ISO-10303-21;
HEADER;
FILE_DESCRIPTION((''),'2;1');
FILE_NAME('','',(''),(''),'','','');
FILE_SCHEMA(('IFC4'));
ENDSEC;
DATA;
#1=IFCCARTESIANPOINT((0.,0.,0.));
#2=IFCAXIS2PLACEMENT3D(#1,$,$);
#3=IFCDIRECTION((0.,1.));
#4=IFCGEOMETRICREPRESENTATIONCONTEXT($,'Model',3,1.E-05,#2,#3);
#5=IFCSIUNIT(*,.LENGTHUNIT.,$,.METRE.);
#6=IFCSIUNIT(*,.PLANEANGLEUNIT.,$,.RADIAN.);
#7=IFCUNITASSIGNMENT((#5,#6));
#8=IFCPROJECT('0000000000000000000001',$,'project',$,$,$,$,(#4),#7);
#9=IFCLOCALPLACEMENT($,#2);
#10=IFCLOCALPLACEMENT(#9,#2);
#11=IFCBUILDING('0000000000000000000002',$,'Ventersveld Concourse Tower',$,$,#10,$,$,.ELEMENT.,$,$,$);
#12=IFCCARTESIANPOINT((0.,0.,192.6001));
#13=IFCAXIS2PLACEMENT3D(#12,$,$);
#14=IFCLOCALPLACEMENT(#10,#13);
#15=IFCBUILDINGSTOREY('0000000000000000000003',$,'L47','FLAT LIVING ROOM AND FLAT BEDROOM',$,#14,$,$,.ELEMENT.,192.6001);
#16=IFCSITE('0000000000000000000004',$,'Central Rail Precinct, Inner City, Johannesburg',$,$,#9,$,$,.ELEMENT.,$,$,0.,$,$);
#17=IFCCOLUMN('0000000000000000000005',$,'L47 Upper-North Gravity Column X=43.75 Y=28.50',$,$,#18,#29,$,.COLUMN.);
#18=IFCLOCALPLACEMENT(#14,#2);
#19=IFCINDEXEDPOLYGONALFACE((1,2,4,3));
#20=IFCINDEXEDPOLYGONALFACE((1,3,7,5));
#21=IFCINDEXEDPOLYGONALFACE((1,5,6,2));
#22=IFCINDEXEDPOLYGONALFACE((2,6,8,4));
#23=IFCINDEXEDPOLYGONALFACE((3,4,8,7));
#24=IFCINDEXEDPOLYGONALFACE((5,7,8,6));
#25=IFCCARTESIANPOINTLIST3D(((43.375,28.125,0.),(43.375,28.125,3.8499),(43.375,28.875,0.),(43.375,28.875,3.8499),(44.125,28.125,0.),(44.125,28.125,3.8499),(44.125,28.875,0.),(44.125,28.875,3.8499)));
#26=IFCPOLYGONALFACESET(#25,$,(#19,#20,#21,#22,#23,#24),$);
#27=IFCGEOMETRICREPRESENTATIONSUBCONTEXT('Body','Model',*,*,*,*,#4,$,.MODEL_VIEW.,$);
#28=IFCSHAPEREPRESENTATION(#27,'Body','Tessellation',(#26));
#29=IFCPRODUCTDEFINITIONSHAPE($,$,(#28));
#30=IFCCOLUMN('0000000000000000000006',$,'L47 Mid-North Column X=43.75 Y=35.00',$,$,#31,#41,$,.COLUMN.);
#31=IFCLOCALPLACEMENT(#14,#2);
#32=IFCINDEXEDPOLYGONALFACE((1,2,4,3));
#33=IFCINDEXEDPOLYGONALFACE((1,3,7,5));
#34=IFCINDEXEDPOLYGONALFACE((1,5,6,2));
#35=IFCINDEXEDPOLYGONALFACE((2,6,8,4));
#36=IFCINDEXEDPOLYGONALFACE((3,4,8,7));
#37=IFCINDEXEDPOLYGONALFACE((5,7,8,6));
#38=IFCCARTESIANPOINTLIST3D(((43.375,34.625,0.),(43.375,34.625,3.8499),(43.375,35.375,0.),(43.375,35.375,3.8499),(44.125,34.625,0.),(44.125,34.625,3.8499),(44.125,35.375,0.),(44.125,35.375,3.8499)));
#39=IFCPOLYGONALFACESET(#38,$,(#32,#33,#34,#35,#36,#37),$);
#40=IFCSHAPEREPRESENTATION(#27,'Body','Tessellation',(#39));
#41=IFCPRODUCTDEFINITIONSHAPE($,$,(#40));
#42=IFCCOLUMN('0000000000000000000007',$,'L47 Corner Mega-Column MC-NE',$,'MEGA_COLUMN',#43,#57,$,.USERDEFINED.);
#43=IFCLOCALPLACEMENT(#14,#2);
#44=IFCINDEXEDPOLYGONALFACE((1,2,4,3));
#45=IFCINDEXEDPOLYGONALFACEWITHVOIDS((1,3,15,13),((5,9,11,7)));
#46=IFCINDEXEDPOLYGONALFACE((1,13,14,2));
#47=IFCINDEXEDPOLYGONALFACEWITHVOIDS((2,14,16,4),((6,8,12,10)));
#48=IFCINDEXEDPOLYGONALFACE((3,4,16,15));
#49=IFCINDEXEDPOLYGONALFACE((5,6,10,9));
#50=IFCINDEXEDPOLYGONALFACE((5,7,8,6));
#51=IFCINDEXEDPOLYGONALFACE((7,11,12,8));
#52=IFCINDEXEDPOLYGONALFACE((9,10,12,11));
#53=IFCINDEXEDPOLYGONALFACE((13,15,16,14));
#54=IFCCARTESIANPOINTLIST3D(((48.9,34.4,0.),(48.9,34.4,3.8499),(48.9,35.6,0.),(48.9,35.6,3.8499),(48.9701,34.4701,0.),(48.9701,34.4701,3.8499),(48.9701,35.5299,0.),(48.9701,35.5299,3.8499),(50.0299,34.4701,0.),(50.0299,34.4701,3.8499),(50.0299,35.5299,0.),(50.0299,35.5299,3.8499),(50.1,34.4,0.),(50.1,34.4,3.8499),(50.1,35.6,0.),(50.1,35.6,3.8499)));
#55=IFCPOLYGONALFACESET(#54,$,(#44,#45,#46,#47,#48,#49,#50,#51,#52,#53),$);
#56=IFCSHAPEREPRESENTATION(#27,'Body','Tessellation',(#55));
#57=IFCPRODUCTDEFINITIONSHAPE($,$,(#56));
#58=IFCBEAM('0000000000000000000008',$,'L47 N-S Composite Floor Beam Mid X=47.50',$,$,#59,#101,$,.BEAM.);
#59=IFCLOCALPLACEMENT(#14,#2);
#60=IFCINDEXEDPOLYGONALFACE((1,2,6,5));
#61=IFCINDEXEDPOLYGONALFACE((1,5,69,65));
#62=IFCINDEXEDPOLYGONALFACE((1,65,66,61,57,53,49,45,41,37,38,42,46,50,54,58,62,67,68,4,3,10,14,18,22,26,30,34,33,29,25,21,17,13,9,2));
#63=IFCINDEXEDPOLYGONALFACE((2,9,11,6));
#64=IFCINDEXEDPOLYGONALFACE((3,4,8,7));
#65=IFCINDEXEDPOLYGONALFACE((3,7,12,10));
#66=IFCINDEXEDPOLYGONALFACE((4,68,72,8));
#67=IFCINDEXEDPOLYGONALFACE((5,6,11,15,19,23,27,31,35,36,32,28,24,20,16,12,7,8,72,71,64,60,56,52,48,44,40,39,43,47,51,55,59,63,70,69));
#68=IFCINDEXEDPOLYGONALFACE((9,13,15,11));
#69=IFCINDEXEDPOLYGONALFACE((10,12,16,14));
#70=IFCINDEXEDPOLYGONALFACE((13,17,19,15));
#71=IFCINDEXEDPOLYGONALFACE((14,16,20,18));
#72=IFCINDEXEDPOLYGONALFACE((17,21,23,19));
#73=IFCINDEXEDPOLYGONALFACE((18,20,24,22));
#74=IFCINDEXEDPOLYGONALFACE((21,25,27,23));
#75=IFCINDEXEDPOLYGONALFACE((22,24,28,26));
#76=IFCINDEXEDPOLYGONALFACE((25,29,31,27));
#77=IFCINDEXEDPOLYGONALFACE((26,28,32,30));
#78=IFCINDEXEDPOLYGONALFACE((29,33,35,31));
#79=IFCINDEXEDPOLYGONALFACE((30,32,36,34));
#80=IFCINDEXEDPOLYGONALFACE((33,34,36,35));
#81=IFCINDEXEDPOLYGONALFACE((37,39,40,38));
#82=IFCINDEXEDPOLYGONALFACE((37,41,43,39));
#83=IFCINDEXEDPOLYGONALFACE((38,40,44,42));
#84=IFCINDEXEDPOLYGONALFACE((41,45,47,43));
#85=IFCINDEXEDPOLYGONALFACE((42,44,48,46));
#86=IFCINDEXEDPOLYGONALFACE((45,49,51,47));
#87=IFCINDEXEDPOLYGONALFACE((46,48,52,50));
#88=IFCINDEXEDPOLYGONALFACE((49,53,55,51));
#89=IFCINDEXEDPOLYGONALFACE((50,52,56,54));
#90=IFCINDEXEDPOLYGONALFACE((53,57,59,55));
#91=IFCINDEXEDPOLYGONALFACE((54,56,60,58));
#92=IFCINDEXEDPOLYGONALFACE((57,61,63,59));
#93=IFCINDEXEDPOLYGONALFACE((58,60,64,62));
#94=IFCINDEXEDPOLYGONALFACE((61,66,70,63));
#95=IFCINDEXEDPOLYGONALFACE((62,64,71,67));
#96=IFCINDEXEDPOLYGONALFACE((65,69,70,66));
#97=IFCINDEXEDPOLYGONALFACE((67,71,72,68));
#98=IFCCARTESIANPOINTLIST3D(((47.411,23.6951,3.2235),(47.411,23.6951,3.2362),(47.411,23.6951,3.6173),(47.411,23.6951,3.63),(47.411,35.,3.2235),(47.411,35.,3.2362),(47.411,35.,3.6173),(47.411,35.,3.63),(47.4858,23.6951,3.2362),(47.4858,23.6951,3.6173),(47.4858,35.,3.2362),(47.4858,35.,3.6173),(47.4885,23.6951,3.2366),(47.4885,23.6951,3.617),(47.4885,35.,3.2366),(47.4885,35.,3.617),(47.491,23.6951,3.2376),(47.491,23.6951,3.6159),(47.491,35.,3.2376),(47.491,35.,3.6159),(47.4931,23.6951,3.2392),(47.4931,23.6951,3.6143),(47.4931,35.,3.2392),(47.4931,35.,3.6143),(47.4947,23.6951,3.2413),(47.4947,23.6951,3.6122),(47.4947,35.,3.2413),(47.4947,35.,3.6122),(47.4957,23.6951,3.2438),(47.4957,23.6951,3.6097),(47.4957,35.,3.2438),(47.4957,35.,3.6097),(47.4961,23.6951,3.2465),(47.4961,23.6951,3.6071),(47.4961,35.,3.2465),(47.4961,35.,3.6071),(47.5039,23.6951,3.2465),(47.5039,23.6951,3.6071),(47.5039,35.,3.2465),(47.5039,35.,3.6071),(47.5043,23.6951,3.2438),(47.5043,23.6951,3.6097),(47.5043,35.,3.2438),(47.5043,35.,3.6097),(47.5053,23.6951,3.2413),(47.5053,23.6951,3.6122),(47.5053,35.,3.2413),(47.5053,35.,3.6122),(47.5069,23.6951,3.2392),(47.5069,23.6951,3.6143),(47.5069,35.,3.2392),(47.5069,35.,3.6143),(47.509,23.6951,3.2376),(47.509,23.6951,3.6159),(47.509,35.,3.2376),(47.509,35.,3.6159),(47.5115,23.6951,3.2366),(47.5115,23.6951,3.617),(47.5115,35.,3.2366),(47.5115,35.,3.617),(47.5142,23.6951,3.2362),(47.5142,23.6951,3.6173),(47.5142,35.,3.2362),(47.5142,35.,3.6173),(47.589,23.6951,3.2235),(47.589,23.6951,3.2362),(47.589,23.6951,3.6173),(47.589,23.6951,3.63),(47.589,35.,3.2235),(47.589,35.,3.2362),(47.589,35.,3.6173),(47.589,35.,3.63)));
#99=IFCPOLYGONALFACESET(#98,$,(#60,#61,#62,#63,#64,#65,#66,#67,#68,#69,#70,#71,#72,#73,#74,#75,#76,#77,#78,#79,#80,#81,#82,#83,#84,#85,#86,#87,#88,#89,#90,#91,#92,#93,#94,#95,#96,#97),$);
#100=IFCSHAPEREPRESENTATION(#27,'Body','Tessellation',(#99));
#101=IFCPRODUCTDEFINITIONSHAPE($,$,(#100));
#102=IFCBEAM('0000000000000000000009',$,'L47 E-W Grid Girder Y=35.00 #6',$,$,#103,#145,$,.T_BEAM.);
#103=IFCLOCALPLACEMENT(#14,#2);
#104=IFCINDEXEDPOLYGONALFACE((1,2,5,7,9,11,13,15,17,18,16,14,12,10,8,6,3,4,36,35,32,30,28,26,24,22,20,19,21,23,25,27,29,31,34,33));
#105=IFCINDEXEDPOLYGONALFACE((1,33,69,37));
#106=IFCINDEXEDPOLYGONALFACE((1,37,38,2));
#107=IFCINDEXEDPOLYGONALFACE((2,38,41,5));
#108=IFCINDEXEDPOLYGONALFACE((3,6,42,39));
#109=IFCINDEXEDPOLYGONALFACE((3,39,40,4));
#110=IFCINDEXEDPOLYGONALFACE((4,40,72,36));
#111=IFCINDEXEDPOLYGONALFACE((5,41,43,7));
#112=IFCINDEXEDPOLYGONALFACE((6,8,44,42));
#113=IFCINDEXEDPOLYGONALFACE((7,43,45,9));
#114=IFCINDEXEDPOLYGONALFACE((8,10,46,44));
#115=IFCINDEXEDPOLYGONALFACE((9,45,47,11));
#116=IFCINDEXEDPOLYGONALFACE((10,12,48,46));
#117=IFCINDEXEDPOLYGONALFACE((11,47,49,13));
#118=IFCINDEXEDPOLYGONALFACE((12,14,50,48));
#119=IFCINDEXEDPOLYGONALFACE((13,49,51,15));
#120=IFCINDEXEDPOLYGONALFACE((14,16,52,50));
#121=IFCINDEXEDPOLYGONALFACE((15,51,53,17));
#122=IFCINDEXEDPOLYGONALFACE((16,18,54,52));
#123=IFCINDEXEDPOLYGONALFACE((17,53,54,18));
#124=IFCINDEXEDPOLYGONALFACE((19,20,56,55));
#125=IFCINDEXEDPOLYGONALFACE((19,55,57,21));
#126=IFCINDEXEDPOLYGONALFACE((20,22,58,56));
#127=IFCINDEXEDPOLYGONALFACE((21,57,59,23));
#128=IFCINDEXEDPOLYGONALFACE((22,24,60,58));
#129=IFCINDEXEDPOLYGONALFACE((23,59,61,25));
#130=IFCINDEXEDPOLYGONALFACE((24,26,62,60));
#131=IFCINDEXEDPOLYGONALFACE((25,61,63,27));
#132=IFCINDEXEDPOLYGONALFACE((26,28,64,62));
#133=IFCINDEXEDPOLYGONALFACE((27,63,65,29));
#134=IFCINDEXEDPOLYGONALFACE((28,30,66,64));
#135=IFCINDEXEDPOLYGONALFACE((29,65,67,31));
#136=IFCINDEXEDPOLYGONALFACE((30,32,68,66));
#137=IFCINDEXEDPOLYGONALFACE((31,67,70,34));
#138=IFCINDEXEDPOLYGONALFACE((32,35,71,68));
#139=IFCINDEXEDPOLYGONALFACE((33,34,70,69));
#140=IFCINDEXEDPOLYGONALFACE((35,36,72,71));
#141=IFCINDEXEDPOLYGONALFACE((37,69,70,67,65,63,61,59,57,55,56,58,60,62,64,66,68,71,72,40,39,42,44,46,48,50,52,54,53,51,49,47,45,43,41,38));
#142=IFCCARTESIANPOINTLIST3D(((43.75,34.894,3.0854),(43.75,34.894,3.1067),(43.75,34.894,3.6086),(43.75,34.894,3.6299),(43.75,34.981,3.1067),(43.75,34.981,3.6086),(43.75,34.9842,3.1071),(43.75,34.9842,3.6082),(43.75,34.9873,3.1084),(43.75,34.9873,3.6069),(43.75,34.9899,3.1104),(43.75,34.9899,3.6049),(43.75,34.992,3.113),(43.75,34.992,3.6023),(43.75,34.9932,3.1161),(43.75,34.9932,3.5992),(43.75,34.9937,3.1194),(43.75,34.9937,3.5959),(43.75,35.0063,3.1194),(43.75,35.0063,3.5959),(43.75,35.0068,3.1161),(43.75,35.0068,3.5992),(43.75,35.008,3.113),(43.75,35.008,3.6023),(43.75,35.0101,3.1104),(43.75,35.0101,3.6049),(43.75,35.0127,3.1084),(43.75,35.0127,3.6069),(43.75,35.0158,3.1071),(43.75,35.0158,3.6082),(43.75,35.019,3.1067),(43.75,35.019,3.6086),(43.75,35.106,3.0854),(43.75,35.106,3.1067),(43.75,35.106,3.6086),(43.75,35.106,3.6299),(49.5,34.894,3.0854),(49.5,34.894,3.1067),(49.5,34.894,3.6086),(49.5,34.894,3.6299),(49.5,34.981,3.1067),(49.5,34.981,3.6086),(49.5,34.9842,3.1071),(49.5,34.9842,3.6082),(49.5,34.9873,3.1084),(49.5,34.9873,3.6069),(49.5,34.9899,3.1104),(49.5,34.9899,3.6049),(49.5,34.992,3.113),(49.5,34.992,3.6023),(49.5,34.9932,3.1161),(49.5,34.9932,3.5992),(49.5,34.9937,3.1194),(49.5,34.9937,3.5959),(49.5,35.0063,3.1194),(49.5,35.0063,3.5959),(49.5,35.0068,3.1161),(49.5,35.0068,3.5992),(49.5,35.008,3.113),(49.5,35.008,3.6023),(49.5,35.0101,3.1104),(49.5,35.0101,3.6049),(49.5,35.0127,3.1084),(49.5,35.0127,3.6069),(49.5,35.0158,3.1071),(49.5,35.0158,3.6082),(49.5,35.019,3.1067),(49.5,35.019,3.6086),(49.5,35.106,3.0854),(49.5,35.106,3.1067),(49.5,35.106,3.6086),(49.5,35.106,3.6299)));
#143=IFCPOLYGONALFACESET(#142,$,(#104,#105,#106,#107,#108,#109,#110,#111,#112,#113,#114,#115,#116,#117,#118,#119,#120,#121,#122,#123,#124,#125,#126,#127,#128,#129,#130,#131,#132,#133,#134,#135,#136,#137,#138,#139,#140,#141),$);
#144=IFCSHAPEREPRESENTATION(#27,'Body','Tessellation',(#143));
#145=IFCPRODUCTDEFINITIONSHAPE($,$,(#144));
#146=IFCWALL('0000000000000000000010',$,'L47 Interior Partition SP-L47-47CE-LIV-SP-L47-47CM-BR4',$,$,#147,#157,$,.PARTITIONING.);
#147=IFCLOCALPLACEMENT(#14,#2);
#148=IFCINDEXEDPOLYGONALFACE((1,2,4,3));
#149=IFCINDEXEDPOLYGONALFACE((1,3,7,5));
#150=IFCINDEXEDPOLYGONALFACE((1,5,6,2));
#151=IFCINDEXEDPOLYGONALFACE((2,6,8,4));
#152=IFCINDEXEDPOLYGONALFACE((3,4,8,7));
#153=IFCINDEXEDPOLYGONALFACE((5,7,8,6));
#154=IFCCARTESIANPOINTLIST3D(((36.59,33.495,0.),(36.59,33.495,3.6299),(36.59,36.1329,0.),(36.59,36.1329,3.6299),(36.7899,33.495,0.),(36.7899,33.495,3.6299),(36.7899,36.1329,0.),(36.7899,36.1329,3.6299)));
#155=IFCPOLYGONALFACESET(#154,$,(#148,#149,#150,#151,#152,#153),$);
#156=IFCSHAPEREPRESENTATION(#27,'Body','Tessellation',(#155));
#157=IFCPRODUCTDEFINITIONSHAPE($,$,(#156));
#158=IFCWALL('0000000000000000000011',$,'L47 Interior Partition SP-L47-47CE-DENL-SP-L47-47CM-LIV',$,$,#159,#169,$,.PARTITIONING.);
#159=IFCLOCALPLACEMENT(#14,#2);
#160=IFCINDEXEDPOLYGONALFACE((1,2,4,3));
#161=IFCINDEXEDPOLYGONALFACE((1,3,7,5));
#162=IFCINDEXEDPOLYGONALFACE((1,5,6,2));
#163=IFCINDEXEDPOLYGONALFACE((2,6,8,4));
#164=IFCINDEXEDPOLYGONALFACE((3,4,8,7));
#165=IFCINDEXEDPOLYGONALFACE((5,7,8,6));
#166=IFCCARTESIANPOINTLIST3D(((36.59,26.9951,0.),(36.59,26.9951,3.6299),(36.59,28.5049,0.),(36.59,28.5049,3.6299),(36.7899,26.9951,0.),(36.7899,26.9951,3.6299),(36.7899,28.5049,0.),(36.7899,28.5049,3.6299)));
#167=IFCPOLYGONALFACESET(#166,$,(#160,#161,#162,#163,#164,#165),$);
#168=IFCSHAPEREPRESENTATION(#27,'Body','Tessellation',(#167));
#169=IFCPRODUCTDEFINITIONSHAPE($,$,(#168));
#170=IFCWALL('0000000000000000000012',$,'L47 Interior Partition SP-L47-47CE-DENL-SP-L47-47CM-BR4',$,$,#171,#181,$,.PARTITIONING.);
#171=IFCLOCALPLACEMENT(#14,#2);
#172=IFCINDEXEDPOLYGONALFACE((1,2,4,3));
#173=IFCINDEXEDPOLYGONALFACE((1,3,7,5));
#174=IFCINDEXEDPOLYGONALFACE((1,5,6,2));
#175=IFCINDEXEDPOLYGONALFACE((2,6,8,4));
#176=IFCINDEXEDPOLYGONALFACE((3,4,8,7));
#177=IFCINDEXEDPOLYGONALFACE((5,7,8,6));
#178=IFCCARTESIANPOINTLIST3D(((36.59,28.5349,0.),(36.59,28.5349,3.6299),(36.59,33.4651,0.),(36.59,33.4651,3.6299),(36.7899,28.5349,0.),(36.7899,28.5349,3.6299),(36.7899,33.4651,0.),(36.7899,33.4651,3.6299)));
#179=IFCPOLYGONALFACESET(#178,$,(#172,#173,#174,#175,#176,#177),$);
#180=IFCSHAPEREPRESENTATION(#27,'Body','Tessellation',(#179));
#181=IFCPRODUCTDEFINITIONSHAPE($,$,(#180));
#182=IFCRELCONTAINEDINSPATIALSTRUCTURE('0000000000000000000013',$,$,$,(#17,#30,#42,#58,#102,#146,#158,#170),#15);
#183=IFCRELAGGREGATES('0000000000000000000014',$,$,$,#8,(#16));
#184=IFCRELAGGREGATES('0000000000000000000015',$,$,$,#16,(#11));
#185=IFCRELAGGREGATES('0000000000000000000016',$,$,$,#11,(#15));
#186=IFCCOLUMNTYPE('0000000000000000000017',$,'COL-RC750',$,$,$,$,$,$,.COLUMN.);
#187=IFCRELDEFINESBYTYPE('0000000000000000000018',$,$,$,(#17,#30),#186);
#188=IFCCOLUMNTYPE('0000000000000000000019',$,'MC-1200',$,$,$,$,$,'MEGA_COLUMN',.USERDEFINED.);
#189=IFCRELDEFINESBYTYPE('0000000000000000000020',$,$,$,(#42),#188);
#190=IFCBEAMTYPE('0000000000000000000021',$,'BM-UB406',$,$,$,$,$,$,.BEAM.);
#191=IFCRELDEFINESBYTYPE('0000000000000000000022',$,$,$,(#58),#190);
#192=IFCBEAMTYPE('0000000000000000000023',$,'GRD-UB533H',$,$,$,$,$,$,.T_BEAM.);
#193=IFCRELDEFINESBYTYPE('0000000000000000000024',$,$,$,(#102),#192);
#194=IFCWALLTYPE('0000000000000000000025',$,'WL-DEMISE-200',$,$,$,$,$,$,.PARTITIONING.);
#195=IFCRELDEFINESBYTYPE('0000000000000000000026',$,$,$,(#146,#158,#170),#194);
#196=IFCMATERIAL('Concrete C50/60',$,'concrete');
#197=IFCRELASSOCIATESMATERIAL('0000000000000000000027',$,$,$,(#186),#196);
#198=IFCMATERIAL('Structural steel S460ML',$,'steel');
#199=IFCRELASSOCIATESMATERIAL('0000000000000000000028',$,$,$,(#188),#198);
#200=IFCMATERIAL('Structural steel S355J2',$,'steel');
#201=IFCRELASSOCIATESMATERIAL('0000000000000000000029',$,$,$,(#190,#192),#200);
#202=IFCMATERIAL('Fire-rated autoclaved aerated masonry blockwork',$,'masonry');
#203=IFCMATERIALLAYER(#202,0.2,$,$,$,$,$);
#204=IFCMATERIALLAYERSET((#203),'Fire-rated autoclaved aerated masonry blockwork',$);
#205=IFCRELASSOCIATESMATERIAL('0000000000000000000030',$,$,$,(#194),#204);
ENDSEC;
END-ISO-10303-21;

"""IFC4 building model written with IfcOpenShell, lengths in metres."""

from ifc_helpers import new_model, si_unit, direction, frame, frame_2d, origin, origin_2d, place, context, subcontext, project, spatial, rectangle, hollow_rectangle, i_section, extrude, material, layer, layer_set, material_profile, profile_set, type_object, element, save


model = new_model("IFC4")

# Units and contexts
model_context = context("Model", 3, precision=1e-05, world=origin(), true_north=direction((0.0, 1.0)))
body_context = subcontext(model_context, "Body", "Model", "MODEL_VIEW")
ifc_project = project(units=[si_unit("LENGTHUNIT", "METRE"), si_unit("PLANEANGLEUNIT", "RADIAN")], contexts=[model_context])

# Site, building, storey
site_placement = place(None, origin())
site = spatial("IfcSite", under=ifc_project, at=site_placement, Name="Central Rail Precinct, Inner City, Johannesburg", CompositionType="ELEMENT", RefElevation=0.0)
building_placement = place(site_placement, origin())
building = spatial("IfcBuilding", under=site, at=building_placement, Name="Ventersveld Concourse Tower", CompositionType="ELEMENT")
storey_placement = place(building_placement, frame((0.0, 0.0, 192.6001)))
storey = spatial("IfcBuildingStorey", under=building, at=storey_placement, Name="L47", Description="FLAT LIVING ROOM AND FLAT BEDROOM", CompositionType="ELEMENT", Elevation=192.6001)

# Columns
ifc_material_1 = material(Name="Concrete C50/60", Category="concrete")
ifc_material_profile_1 = material_profile(ifc_material_1, rectangle(XDim=0.75, YDim=0.75, at=origin_2d()), Name="RC 750x750")
ifc_profile_set_1 = profile_set([ifc_material_profile_1], Name="Concrete C50/60")
column_type_1 = type_object("IfcColumnType", Name="COL-RC750", PredefinedType="COLUMN", material=ifc_profile_set_1)
for number, where, z_axis, x_axis, name in (
    (1, (43.75, 28.5, 0.0), (0.0, 0.0, 1.0), (1.0, 0.0, 0.0), "L47 Upper-North Gravity Column X=43.75 Y=28.50"),
    (2, (43.75, 35.0, 0.0), (0.0, 0.0, 1.0), (1.0, 0.0, 0.0), "L47 Mid-North Column X=43.75 Y=35.00"),
):
    element("IfcColumn", number, at=place(storey_placement, frame(where, z_axis=z_axis, x_axis=x_axis)), inside=storey, type_object=column_type_1, Name=name, PredefinedType="COLUMN", context=body_context, shape_type="SweptSolid", body=[
        extrude(rectangle(XDim=0.75, YDim=0.75, at=origin_2d()), origin(), (0.0, 0.0, 1.0), 3.8499),
    ])
ifc_material_2 = material(Name="Structural steel S460ML", Category="steel")
ifc_material_profile_2 = material_profile(ifc_material_2, hollow_rectangle(XDim=1.2, YDim=1.2, WallThickness=0.0701, at=origin_2d()), Name="BOX 1200x1200x70")
ifc_profile_set_2 = profile_set([ifc_material_profile_2], Name="Structural steel S460ML")
column_type_2 = type_object("IfcColumnType", Name="MC-1200", ElementType="MEGA_COLUMN", PredefinedType="USERDEFINED", material=ifc_profile_set_2)
column_placement = place(storey_placement, frame((49.5, 35.0, 0.0), z_axis=(0.0, 0.0, 1.0), x_axis=(1.0, 0.0, 0.0)))
element("IfcColumn", 3, at=column_placement, inside=storey, type_object=column_type_2, Name="L47 Corner Mega-Column MC-NE", ObjectType="MEGA_COLUMN", PredefinedType="USERDEFINED", context=body_context, shape_type="SweptSolid", body=[
    extrude(hollow_rectangle(XDim=1.2, YDim=1.2, WallThickness=0.0701, at=origin_2d()), origin(), (0.0, 0.0, 1.0), 3.8499),
])

# Beams
ifc_material_3 = material(Name="Structural steel S355J2", Category="steel")
ifc_material_profile_3 = material_profile(ifc_material_3, i_section(OverallWidth=0.178, OverallDepth=0.4065, WebThickness=0.0078, FlangeThickness=0.0127, FilletRadius=0.0103, at=origin_2d()), Name="UB 406x178x60")
ifc_profile_set_3 = profile_set([ifc_material_profile_3], Name="Structural steel S355J2")
beam_type_1 = type_object("IfcBeamType", Name="BM-UB406", PredefinedType="BEAM", material=ifc_profile_set_3)
beam_1_placement = place(storey_placement, frame((47.5, 23.6951, 3.4268), z_axis=(0.0, 1.0, 0.0), x_axis=(-1.0, 0.0, 0.0)))
element("IfcBeam", 4, at=beam_1_placement, inside=storey, type_object=beam_type_1, Name="L47 N-S Composite Floor Beam Mid X=47.50", PredefinedType="BEAM", context=body_context, shape_type="SweptSolid", body=[
    extrude(i_section(OverallWidth=0.178, OverallDepth=0.4065, WebThickness=0.0078, FlangeThickness=0.0127, FilletRadius=0.0103, at=origin_2d()), origin(), (0.0, 0.0, 1.0), 11.3049),
])
ifc_material_profile_4 = material_profile(ifc_material_3, i_section(OverallWidth=0.2119, OverallDepth=0.5444, WebThickness=0.0127, FlangeThickness=0.0212, FilletRadius=0.0127, at=origin_2d()), Name="UB 533x210x122")
ifc_profile_set_4 = profile_set([ifc_material_profile_4], Name="Structural steel S355J2")
beam_type_2 = type_object("IfcBeamType", Name="GRD-UB533H", PredefinedType="T_BEAM", material=ifc_profile_set_4)
beam_2_placement = place(storey_placement, frame((43.75, 35.0, 3.3577), z_axis=(1.0, 0.0, 0.0), x_axis=(0.0, 1.0, 0.0)))
element("IfcBeam", 5, at=beam_2_placement, inside=storey, type_object=beam_type_2, Name="L47 E-W Grid Girder Y=35.00 #6", PredefinedType="T_BEAM", context=body_context, shape_type="SweptSolid", body=[
    extrude(i_section(OverallWidth=0.2119, OverallDepth=0.5444, WebThickness=0.0127, FlangeThickness=0.0212, FilletRadius=0.0127, at=origin_2d()), origin(), (0.0, 0.0, 1.0), 5.75),
])

# Walls
ifc_material_4 = material(Name="Fire-rated autoclaved aerated masonry blockwork", Category="masonry")
ifc_layer_1 = layer(ifc_material_4, 0.2)
ifc_layer_set_1 = layer_set([ifc_layer_1], Name="Fire-rated autoclaved aerated masonry blockwork")
wall_type_1 = type_object("IfcWallType", Name="WL-DEMISE-200", PredefinedType="PARTITIONING", material=ifc_layer_set_1)
wall_1_placement = place(storey_placement, frame((36.6899, 33.4951, 0.0), z_axis=(0.0, 0.0, 1.0), x_axis=(0.0, 1.0, 0.0)))
element("IfcWall", 6, at=wall_1_placement, inside=storey, type_object=wall_type_1, Name="L47 Interior Partition SP-L47-47CE-LIV-SP-L47-47CM-BR4", PredefinedType="PARTITIONING", context=body_context, shape_type="SweptSolid", body=[
    extrude(rectangle(XDim=2.6379, YDim=0.2, at=frame_2d((1.3188, 0.0))), origin(), (0.0, 0.0, 1.0), 3.6299),
])
wall_2_placement = place(storey_placement, frame((36.6899, 26.9951, 0.0), z_axis=(0.0, 0.0, 1.0), x_axis=(0.0, 1.0, 0.0)))
element("IfcWall", 7, at=wall_2_placement, inside=storey, type_object=wall_type_1, Name="L47 Interior Partition SP-L47-47CE-DENL-SP-L47-47CM-LIV", PredefinedType="PARTITIONING", context=body_context, shape_type="SweptSolid", body=[
    extrude(rectangle(XDim=1.5098, YDim=0.2, at=frame_2d((0.7549, 0.0))), origin(), (0.0, 0.0, 1.0), 3.6299),
])
wall_3_placement = place(storey_placement, frame((36.6899, 28.5349, 0.0), z_axis=(0.0, 0.0, 1.0), x_axis=(0.0, 1.0, 0.0)))
element("IfcWall", 8, at=wall_3_placement, inside=storey, type_object=wall_type_1, Name="L47 Interior Partition SP-L47-47CE-DENL-SP-L47-47CM-BR4", PredefinedType="PARTITIONING", context=body_context, shape_type="SweptSolid", body=[
    extrude(rectangle(XDim=4.9302, YDim=0.2, at=frame_2d((2.4651, 0.0))), origin(), (0.0, 0.0, 1.0), 3.6299),
])

save(model, "model.ifc")
